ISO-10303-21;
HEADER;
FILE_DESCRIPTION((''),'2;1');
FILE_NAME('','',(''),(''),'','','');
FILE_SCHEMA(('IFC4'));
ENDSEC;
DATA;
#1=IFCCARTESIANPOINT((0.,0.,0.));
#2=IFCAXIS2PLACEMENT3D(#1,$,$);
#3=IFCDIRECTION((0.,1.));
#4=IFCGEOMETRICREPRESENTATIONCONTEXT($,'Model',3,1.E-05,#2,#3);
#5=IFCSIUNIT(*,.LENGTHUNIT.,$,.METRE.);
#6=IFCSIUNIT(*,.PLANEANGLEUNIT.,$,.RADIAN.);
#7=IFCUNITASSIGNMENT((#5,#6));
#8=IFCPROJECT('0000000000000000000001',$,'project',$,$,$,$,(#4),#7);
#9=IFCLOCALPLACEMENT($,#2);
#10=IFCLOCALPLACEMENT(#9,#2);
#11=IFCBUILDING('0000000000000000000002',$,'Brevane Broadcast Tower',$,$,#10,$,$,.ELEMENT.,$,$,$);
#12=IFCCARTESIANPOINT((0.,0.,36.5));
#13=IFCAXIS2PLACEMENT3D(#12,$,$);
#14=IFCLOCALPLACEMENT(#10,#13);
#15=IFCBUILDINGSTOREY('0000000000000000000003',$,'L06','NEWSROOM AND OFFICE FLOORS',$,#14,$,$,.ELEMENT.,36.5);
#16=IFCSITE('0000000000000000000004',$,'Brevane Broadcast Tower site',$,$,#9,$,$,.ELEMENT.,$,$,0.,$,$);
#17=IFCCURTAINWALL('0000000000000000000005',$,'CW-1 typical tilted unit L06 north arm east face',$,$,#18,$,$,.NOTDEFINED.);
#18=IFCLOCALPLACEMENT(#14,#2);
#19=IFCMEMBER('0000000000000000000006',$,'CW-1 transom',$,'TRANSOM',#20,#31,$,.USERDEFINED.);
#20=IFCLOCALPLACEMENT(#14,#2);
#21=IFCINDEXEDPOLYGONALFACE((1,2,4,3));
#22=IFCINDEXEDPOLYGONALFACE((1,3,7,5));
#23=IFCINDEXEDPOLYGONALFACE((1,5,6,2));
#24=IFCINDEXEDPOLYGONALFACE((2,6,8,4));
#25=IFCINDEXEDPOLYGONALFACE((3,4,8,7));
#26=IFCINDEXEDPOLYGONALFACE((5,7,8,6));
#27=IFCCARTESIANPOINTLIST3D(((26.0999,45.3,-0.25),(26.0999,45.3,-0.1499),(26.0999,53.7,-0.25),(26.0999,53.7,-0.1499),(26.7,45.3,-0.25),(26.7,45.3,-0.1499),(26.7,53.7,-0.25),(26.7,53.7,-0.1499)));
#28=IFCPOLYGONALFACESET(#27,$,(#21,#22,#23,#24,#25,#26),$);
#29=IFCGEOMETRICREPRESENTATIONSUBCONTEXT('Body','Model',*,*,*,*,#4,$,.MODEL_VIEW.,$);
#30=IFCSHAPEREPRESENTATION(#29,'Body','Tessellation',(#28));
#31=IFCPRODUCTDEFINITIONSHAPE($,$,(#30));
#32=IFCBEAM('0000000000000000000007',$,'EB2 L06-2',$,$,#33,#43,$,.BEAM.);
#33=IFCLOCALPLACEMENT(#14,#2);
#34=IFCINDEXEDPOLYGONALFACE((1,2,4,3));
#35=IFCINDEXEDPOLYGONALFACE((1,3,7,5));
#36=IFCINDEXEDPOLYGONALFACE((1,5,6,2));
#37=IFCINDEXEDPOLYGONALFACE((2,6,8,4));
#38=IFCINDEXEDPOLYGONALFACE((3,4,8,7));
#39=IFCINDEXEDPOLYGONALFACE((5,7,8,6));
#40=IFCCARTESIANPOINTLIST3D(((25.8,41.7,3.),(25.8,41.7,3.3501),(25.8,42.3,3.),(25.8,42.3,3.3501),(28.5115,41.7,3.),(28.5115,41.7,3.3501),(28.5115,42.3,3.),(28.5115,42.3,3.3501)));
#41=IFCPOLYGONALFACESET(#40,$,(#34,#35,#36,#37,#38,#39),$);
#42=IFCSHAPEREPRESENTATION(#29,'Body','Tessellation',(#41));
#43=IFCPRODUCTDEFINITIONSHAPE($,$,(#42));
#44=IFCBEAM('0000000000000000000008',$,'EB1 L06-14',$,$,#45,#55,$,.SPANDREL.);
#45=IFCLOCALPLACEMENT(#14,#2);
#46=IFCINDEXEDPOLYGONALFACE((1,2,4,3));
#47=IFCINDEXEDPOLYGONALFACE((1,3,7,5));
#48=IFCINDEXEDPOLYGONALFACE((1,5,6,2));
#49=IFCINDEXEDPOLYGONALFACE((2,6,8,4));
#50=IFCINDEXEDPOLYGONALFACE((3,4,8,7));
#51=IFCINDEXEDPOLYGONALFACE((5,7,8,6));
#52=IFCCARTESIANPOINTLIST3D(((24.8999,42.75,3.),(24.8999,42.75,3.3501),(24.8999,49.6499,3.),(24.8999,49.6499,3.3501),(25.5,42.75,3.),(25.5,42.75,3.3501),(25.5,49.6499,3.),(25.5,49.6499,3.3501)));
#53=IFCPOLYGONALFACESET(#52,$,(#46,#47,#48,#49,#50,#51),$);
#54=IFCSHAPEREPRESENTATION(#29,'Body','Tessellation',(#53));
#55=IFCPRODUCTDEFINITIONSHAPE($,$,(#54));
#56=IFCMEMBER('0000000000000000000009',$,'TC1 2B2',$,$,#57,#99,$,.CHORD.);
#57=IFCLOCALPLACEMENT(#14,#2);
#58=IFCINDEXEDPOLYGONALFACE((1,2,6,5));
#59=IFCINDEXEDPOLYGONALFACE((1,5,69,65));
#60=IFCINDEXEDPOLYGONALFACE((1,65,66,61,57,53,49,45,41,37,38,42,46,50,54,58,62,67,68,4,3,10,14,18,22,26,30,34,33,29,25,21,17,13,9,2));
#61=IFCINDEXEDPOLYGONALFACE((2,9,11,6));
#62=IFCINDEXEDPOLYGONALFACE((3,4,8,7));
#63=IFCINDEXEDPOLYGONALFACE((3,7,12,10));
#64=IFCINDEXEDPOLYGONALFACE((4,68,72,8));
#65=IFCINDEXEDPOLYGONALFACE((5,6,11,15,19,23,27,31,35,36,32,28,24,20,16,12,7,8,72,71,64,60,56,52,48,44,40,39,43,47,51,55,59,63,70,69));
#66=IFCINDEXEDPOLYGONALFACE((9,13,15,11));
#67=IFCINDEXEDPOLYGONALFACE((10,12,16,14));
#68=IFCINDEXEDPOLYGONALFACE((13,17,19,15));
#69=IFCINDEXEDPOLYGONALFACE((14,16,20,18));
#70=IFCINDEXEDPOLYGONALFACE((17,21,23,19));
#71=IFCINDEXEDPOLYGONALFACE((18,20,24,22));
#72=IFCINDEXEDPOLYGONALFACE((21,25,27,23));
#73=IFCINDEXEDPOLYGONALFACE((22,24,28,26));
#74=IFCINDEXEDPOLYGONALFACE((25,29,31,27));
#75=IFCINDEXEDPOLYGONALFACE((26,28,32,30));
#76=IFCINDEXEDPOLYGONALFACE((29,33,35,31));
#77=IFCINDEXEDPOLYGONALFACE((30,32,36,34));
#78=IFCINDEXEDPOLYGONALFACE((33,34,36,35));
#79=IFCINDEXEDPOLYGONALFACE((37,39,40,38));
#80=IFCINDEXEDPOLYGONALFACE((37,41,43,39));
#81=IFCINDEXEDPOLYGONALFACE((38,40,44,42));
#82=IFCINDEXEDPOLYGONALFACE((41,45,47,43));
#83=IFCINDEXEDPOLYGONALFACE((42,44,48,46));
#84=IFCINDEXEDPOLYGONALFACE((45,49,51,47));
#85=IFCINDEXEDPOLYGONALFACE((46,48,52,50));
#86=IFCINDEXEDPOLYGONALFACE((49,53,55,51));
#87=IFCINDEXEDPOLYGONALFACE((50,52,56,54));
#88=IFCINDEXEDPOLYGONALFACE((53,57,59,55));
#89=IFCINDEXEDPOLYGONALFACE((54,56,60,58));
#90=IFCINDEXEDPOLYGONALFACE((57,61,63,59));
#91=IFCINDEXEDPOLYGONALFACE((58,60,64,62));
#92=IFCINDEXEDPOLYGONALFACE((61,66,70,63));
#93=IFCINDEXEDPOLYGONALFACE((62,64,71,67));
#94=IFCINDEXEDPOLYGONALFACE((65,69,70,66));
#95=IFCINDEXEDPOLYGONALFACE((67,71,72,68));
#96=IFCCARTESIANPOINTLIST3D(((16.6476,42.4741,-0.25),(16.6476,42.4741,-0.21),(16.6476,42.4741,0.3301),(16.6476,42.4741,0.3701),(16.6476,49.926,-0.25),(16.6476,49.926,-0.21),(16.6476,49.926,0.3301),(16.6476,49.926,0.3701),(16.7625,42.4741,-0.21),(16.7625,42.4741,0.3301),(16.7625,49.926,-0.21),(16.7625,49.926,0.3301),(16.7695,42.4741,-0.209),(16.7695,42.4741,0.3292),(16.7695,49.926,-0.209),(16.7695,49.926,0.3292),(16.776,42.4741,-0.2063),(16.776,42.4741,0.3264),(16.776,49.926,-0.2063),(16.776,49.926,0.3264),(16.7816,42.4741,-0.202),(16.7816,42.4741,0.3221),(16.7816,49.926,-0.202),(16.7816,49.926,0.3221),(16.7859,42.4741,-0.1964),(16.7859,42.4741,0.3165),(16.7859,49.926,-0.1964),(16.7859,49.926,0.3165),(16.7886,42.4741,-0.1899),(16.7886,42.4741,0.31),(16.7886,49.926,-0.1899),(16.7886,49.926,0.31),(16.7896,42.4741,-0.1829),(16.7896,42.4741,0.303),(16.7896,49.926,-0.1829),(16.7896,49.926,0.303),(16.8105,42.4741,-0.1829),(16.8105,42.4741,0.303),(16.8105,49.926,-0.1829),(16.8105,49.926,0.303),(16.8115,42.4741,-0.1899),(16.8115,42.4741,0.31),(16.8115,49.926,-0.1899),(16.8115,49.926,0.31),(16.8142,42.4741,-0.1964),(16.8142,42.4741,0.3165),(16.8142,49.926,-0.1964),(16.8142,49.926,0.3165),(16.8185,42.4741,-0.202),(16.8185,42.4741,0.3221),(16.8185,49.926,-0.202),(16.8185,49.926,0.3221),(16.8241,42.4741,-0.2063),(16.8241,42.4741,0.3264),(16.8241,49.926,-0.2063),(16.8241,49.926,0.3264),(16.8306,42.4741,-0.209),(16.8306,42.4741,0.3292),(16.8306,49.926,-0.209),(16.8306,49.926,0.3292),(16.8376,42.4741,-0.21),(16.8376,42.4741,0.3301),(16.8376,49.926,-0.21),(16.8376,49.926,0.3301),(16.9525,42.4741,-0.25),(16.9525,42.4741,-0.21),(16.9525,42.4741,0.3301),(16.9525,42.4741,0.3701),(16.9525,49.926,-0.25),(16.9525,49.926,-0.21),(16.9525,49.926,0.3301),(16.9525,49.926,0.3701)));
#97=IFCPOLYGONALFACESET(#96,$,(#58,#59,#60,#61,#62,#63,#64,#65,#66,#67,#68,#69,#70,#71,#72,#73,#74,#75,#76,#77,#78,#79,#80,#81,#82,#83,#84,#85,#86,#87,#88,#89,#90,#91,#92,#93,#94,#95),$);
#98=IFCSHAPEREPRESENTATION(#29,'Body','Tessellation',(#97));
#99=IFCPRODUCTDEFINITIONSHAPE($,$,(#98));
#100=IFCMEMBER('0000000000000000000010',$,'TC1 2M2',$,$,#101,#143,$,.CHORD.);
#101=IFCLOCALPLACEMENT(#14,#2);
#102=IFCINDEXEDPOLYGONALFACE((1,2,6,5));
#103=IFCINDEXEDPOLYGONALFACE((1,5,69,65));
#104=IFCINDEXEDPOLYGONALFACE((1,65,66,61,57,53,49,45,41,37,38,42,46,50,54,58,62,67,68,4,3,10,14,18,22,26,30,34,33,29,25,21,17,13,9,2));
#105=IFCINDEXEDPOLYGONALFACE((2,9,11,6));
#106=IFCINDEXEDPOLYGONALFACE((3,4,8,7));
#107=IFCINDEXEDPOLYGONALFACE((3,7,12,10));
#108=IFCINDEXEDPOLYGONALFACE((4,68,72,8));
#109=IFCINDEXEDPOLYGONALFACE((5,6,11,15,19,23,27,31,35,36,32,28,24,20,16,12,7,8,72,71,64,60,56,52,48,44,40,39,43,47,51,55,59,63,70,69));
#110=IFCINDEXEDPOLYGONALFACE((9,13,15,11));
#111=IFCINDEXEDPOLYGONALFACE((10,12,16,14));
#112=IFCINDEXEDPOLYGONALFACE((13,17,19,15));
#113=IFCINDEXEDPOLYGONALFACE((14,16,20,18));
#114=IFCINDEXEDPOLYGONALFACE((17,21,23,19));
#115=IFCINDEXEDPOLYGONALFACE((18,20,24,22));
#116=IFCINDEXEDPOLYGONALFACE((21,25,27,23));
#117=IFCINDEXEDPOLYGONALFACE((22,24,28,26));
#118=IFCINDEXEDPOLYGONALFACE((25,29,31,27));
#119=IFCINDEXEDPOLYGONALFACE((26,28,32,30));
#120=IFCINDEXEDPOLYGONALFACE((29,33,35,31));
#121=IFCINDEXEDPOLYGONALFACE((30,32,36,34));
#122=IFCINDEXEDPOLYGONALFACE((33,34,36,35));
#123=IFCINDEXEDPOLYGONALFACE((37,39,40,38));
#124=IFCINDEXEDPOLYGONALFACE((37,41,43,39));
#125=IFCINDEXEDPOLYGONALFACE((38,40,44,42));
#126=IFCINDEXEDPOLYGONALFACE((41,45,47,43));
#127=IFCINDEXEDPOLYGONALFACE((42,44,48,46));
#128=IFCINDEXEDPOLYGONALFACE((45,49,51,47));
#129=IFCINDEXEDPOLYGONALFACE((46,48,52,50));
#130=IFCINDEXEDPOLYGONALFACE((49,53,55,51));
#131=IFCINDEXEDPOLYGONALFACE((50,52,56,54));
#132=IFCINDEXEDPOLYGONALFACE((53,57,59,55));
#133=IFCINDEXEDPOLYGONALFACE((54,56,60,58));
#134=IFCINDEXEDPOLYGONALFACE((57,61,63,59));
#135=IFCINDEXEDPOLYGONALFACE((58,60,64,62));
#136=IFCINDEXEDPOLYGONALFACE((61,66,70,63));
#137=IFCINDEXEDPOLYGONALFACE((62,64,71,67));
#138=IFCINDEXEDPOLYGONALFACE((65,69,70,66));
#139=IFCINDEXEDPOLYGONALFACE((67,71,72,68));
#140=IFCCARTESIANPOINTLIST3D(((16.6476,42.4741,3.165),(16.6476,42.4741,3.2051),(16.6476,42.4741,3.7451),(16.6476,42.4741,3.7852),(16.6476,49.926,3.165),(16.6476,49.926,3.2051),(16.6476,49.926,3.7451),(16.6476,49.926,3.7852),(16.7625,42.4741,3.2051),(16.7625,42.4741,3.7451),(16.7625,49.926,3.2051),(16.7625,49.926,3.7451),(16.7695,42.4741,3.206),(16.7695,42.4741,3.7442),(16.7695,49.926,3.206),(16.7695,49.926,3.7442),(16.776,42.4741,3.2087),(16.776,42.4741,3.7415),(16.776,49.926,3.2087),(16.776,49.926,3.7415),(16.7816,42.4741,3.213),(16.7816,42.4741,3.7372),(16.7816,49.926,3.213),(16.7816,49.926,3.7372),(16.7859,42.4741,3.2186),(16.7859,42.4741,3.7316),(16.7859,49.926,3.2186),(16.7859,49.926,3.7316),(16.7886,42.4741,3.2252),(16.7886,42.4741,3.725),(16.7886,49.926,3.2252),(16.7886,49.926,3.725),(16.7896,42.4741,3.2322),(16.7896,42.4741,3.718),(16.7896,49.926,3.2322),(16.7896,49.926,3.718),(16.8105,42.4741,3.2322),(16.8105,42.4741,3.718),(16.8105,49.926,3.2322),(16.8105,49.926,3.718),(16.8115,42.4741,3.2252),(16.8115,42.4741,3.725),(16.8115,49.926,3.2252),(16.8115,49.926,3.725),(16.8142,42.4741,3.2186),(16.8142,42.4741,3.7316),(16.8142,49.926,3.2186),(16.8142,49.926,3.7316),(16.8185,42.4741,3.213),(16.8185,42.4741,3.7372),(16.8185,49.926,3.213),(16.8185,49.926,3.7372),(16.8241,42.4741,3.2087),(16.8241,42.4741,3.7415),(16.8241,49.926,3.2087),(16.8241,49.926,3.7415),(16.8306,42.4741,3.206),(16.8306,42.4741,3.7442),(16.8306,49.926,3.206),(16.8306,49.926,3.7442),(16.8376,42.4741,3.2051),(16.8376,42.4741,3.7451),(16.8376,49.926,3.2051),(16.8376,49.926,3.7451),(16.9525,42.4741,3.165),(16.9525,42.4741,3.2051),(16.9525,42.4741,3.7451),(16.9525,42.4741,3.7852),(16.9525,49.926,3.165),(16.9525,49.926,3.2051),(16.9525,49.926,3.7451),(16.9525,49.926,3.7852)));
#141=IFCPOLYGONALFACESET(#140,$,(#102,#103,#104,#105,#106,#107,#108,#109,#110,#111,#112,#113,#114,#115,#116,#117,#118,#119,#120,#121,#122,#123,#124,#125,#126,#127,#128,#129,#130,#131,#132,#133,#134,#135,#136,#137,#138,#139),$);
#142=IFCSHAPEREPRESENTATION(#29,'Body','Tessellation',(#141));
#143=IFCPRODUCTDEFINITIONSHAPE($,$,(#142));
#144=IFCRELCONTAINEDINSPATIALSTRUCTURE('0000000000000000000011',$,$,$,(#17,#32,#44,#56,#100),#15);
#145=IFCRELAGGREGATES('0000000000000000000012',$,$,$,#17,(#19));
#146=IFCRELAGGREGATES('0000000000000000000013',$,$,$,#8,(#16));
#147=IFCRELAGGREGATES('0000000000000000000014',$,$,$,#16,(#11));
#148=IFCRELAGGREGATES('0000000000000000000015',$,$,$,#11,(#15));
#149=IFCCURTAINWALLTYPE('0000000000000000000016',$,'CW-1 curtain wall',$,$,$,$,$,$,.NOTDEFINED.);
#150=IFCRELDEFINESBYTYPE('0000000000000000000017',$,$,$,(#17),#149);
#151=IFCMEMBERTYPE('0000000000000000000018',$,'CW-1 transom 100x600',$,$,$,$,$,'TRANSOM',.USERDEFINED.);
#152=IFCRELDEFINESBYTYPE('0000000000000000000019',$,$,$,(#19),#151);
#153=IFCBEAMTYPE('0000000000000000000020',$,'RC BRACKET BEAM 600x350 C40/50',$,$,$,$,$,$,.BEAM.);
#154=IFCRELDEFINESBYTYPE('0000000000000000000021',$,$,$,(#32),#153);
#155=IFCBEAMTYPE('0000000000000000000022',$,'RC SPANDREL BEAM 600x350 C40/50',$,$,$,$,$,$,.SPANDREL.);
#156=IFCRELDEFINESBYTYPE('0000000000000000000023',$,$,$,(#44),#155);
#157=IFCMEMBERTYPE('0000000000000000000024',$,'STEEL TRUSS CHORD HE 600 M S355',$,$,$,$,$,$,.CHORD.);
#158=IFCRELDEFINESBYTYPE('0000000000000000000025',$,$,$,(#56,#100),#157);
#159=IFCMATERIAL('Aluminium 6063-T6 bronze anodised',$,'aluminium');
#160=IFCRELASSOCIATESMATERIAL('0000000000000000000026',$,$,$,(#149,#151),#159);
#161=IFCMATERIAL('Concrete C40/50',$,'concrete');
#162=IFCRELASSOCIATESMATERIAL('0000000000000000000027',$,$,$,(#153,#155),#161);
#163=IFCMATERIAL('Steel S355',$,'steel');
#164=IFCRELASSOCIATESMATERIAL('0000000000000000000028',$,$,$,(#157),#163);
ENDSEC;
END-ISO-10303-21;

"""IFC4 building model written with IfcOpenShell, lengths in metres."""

from ifc_helpers import new_model, si_unit, direction, frame, origin, origin_2d, place, context, subcontext, project, spatial, rectangle, i_section, extrude, material, material_profile, profile_set, type_object, element, aggregate, save


model = new_model("IFC4")

# Units and contexts
model_context = context("Model", 3, precision=1e-05, world=origin(), true_north=direction((0.0, 1.0)))
body_context = subcontext(model_context, "Body", "Model", "MODEL_VIEW")
ifc_project = project(units=[si_unit("LENGTHUNIT", "METRE"), si_unit("PLANEANGLEUNIT", "RADIAN")], contexts=[model_context])

# Site, building, storey
site_placement = place(None, origin())
site = spatial("IfcSite", under=ifc_project, at=site_placement, Name="Brevane Broadcast Tower site", CompositionType="ELEMENT", RefElevation=0.0)
building_placement = place(site_placement, origin())
building = spatial("IfcBuilding", under=site, at=building_placement, Name="Brevane Broadcast Tower", CompositionType="ELEMENT")
storey_placement = place(building_placement, frame((0.0, 0.0, 36.5)))
storey = spatial("IfcBuildingStorey", under=building, at=storey_placement, Name="L06", Description="NEWSROOM AND OFFICE FLOORS", CompositionType="ELEMENT", Elevation=36.5)

# Curtain wall, member
ifc_material_1 = material(Name="Aluminium 6063-T6 bronze anodised", Category="aluminium")
curtain_wall_type = type_object("IfcCurtainWallType", Name="CW-1 curtain wall", PredefinedType="NOTDEFINED", material=ifc_material_1)
curtain_wall_placement = place(storey_placement, origin())
curtain_wall = element("IfcCurtainWall", 1, at=curtain_wall_placement, inside=storey, type_object=curtain_wall_type, Name="CW-1 typical tilted unit L06 north arm east face", PredefinedType="NOTDEFINED")
ifc_material_profile_1 = material_profile(ifc_material_1, rectangle(XDim=0.6001, YDim=0.1001, at=origin_2d()), Name="RECT 100x600")
ifc_profile_set_1 = profile_set([ifc_material_profile_1], Name="Aluminium 6063-T6 bronze anodised")
member_type_1 = type_object("IfcMemberType", Name="CW-1 transom 100x600", ElementType="TRANSOM", PredefinedType="USERDEFINED", material=ifc_profile_set_1)
member_placement = place(storey_placement, frame((26.3999, 45.3, -0.2), z_axis=(0.0, 1.0, 0.0), x_axis=(-1.0, 0.0, 0.0)))
member = element("IfcMember", 2, at=member_placement, type_object=member_type_1, Name="CW-1 transom", ObjectType="TRANSOM", PredefinedType="USERDEFINED", context=body_context, shape_type="SweptSolid", body=[
    extrude(rectangle(XDim=0.6001, YDim=0.1001, at=origin_2d()), origin(), (0.0, 0.0, 1.0), 8.3999),
])
aggregate(curtain_wall, [member])

# Beams
ifc_material_2 = material(Name="Concrete C40/50", Category="concrete")
ifc_material_profile_2 = material_profile(ifc_material_2, rectangle(XDim=0.6001, YDim=0.3501, at=origin_2d()), Name="RC 600x350")
ifc_profile_set_2 = profile_set([ifc_material_profile_2], Name="Concrete C40/50")
beam_type_1 = type_object("IfcBeamType", Name="RC BRACKET BEAM 600x350 C40/50", PredefinedType="BEAM", material=ifc_profile_set_2)
beam_1_placement = place(storey_placement, frame((25.8, 42.0, 3.175), z_axis=(1.0, 0.0, 0.0), x_axis=(0.0, 1.0, 0.0)))
element("IfcBeam", 3, at=beam_1_placement, inside=storey, type_object=beam_type_1, Name="EB2 L06-2", PredefinedType="BEAM", context=body_context, shape_type="SweptSolid", body=[
    extrude(rectangle(XDim=0.6001, YDim=0.3501, at=origin_2d()), origin(), (0.0, 0.0, 1.0), 2.7114),
])
ifc_material_profile_3 = material_profile(ifc_material_2, rectangle(XDim=0.6001, YDim=0.3501, at=origin_2d()), Name="RC 600x350")
ifc_profile_set_3 = profile_set([ifc_material_profile_3], Name="Concrete C40/50")
beam_type_2 = type_object("IfcBeamType", Name="RC SPANDREL BEAM 600x350 C40/50", PredefinedType="SPANDREL", material=ifc_profile_set_3)
beam_2_placement = place(storey_placement, frame((25.2, 42.75, 3.175), z_axis=(0.0, 1.0, 0.0), x_axis=(-1.0, 0.0, 0.0)))
element("IfcBeam", 4, at=beam_2_placement, inside=storey, type_object=beam_type_2, Name="EB1 L06-14", PredefinedType="SPANDREL", context=body_context, shape_type="SweptSolid", body=[
    extrude(rectangle(XDim=0.6001, YDim=0.3501, at=origin_2d()), origin(), (0.0, 0.0, 1.0), 6.8999),
])

# Members
ifc_material_3 = material(Name="Steel S355", Category="steel")
ifc_material_profile_4 = material_profile(ifc_material_3, i_section(OverallWidth=0.3049, OverallDepth=0.6201, WebThickness=0.021, FlangeThickness=0.04, FilletRadius=0.0271, at=origin_2d()), Name="HE 600 M")
ifc_profile_set_4 = profile_set([ifc_material_profile_4], Name="Steel S355")
member_type_2 = type_object("IfcMemberType", Name="STEEL TRUSS CHORD HE 600 M S355", PredefinedType="CHORD", material=ifc_profile_set_4)
for number, where, z_axis, x_axis, name in (
    (5, (16.8, 42.4741, 0.0601), (0.0, 1.0, 0.0), (-1.0, 0.0, 0.0), "TC1 2B2"),
    (6, (16.8, 42.4741, 3.4751), (0.0, 1.0, 0.0), (-1.0, 0.0, 0.0), "TC1 2M2"),
):
    element("IfcMember", number, at=place(storey_placement, frame(where, z_axis=z_axis, x_axis=x_axis)), inside=storey, type_object=member_type_2, Name=name, PredefinedType="CHORD", context=body_context, shape_type="SweptSolid", body=[
        extrude(i_section(OverallWidth=0.3049, OverallDepth=0.6201, WebThickness=0.021, FlangeThickness=0.04, FilletRadius=0.0271, at=origin_2d()), origin(), (0.0, 0.0, 1.0), 7.4519),
    ])

save(model, "model.ifc")
